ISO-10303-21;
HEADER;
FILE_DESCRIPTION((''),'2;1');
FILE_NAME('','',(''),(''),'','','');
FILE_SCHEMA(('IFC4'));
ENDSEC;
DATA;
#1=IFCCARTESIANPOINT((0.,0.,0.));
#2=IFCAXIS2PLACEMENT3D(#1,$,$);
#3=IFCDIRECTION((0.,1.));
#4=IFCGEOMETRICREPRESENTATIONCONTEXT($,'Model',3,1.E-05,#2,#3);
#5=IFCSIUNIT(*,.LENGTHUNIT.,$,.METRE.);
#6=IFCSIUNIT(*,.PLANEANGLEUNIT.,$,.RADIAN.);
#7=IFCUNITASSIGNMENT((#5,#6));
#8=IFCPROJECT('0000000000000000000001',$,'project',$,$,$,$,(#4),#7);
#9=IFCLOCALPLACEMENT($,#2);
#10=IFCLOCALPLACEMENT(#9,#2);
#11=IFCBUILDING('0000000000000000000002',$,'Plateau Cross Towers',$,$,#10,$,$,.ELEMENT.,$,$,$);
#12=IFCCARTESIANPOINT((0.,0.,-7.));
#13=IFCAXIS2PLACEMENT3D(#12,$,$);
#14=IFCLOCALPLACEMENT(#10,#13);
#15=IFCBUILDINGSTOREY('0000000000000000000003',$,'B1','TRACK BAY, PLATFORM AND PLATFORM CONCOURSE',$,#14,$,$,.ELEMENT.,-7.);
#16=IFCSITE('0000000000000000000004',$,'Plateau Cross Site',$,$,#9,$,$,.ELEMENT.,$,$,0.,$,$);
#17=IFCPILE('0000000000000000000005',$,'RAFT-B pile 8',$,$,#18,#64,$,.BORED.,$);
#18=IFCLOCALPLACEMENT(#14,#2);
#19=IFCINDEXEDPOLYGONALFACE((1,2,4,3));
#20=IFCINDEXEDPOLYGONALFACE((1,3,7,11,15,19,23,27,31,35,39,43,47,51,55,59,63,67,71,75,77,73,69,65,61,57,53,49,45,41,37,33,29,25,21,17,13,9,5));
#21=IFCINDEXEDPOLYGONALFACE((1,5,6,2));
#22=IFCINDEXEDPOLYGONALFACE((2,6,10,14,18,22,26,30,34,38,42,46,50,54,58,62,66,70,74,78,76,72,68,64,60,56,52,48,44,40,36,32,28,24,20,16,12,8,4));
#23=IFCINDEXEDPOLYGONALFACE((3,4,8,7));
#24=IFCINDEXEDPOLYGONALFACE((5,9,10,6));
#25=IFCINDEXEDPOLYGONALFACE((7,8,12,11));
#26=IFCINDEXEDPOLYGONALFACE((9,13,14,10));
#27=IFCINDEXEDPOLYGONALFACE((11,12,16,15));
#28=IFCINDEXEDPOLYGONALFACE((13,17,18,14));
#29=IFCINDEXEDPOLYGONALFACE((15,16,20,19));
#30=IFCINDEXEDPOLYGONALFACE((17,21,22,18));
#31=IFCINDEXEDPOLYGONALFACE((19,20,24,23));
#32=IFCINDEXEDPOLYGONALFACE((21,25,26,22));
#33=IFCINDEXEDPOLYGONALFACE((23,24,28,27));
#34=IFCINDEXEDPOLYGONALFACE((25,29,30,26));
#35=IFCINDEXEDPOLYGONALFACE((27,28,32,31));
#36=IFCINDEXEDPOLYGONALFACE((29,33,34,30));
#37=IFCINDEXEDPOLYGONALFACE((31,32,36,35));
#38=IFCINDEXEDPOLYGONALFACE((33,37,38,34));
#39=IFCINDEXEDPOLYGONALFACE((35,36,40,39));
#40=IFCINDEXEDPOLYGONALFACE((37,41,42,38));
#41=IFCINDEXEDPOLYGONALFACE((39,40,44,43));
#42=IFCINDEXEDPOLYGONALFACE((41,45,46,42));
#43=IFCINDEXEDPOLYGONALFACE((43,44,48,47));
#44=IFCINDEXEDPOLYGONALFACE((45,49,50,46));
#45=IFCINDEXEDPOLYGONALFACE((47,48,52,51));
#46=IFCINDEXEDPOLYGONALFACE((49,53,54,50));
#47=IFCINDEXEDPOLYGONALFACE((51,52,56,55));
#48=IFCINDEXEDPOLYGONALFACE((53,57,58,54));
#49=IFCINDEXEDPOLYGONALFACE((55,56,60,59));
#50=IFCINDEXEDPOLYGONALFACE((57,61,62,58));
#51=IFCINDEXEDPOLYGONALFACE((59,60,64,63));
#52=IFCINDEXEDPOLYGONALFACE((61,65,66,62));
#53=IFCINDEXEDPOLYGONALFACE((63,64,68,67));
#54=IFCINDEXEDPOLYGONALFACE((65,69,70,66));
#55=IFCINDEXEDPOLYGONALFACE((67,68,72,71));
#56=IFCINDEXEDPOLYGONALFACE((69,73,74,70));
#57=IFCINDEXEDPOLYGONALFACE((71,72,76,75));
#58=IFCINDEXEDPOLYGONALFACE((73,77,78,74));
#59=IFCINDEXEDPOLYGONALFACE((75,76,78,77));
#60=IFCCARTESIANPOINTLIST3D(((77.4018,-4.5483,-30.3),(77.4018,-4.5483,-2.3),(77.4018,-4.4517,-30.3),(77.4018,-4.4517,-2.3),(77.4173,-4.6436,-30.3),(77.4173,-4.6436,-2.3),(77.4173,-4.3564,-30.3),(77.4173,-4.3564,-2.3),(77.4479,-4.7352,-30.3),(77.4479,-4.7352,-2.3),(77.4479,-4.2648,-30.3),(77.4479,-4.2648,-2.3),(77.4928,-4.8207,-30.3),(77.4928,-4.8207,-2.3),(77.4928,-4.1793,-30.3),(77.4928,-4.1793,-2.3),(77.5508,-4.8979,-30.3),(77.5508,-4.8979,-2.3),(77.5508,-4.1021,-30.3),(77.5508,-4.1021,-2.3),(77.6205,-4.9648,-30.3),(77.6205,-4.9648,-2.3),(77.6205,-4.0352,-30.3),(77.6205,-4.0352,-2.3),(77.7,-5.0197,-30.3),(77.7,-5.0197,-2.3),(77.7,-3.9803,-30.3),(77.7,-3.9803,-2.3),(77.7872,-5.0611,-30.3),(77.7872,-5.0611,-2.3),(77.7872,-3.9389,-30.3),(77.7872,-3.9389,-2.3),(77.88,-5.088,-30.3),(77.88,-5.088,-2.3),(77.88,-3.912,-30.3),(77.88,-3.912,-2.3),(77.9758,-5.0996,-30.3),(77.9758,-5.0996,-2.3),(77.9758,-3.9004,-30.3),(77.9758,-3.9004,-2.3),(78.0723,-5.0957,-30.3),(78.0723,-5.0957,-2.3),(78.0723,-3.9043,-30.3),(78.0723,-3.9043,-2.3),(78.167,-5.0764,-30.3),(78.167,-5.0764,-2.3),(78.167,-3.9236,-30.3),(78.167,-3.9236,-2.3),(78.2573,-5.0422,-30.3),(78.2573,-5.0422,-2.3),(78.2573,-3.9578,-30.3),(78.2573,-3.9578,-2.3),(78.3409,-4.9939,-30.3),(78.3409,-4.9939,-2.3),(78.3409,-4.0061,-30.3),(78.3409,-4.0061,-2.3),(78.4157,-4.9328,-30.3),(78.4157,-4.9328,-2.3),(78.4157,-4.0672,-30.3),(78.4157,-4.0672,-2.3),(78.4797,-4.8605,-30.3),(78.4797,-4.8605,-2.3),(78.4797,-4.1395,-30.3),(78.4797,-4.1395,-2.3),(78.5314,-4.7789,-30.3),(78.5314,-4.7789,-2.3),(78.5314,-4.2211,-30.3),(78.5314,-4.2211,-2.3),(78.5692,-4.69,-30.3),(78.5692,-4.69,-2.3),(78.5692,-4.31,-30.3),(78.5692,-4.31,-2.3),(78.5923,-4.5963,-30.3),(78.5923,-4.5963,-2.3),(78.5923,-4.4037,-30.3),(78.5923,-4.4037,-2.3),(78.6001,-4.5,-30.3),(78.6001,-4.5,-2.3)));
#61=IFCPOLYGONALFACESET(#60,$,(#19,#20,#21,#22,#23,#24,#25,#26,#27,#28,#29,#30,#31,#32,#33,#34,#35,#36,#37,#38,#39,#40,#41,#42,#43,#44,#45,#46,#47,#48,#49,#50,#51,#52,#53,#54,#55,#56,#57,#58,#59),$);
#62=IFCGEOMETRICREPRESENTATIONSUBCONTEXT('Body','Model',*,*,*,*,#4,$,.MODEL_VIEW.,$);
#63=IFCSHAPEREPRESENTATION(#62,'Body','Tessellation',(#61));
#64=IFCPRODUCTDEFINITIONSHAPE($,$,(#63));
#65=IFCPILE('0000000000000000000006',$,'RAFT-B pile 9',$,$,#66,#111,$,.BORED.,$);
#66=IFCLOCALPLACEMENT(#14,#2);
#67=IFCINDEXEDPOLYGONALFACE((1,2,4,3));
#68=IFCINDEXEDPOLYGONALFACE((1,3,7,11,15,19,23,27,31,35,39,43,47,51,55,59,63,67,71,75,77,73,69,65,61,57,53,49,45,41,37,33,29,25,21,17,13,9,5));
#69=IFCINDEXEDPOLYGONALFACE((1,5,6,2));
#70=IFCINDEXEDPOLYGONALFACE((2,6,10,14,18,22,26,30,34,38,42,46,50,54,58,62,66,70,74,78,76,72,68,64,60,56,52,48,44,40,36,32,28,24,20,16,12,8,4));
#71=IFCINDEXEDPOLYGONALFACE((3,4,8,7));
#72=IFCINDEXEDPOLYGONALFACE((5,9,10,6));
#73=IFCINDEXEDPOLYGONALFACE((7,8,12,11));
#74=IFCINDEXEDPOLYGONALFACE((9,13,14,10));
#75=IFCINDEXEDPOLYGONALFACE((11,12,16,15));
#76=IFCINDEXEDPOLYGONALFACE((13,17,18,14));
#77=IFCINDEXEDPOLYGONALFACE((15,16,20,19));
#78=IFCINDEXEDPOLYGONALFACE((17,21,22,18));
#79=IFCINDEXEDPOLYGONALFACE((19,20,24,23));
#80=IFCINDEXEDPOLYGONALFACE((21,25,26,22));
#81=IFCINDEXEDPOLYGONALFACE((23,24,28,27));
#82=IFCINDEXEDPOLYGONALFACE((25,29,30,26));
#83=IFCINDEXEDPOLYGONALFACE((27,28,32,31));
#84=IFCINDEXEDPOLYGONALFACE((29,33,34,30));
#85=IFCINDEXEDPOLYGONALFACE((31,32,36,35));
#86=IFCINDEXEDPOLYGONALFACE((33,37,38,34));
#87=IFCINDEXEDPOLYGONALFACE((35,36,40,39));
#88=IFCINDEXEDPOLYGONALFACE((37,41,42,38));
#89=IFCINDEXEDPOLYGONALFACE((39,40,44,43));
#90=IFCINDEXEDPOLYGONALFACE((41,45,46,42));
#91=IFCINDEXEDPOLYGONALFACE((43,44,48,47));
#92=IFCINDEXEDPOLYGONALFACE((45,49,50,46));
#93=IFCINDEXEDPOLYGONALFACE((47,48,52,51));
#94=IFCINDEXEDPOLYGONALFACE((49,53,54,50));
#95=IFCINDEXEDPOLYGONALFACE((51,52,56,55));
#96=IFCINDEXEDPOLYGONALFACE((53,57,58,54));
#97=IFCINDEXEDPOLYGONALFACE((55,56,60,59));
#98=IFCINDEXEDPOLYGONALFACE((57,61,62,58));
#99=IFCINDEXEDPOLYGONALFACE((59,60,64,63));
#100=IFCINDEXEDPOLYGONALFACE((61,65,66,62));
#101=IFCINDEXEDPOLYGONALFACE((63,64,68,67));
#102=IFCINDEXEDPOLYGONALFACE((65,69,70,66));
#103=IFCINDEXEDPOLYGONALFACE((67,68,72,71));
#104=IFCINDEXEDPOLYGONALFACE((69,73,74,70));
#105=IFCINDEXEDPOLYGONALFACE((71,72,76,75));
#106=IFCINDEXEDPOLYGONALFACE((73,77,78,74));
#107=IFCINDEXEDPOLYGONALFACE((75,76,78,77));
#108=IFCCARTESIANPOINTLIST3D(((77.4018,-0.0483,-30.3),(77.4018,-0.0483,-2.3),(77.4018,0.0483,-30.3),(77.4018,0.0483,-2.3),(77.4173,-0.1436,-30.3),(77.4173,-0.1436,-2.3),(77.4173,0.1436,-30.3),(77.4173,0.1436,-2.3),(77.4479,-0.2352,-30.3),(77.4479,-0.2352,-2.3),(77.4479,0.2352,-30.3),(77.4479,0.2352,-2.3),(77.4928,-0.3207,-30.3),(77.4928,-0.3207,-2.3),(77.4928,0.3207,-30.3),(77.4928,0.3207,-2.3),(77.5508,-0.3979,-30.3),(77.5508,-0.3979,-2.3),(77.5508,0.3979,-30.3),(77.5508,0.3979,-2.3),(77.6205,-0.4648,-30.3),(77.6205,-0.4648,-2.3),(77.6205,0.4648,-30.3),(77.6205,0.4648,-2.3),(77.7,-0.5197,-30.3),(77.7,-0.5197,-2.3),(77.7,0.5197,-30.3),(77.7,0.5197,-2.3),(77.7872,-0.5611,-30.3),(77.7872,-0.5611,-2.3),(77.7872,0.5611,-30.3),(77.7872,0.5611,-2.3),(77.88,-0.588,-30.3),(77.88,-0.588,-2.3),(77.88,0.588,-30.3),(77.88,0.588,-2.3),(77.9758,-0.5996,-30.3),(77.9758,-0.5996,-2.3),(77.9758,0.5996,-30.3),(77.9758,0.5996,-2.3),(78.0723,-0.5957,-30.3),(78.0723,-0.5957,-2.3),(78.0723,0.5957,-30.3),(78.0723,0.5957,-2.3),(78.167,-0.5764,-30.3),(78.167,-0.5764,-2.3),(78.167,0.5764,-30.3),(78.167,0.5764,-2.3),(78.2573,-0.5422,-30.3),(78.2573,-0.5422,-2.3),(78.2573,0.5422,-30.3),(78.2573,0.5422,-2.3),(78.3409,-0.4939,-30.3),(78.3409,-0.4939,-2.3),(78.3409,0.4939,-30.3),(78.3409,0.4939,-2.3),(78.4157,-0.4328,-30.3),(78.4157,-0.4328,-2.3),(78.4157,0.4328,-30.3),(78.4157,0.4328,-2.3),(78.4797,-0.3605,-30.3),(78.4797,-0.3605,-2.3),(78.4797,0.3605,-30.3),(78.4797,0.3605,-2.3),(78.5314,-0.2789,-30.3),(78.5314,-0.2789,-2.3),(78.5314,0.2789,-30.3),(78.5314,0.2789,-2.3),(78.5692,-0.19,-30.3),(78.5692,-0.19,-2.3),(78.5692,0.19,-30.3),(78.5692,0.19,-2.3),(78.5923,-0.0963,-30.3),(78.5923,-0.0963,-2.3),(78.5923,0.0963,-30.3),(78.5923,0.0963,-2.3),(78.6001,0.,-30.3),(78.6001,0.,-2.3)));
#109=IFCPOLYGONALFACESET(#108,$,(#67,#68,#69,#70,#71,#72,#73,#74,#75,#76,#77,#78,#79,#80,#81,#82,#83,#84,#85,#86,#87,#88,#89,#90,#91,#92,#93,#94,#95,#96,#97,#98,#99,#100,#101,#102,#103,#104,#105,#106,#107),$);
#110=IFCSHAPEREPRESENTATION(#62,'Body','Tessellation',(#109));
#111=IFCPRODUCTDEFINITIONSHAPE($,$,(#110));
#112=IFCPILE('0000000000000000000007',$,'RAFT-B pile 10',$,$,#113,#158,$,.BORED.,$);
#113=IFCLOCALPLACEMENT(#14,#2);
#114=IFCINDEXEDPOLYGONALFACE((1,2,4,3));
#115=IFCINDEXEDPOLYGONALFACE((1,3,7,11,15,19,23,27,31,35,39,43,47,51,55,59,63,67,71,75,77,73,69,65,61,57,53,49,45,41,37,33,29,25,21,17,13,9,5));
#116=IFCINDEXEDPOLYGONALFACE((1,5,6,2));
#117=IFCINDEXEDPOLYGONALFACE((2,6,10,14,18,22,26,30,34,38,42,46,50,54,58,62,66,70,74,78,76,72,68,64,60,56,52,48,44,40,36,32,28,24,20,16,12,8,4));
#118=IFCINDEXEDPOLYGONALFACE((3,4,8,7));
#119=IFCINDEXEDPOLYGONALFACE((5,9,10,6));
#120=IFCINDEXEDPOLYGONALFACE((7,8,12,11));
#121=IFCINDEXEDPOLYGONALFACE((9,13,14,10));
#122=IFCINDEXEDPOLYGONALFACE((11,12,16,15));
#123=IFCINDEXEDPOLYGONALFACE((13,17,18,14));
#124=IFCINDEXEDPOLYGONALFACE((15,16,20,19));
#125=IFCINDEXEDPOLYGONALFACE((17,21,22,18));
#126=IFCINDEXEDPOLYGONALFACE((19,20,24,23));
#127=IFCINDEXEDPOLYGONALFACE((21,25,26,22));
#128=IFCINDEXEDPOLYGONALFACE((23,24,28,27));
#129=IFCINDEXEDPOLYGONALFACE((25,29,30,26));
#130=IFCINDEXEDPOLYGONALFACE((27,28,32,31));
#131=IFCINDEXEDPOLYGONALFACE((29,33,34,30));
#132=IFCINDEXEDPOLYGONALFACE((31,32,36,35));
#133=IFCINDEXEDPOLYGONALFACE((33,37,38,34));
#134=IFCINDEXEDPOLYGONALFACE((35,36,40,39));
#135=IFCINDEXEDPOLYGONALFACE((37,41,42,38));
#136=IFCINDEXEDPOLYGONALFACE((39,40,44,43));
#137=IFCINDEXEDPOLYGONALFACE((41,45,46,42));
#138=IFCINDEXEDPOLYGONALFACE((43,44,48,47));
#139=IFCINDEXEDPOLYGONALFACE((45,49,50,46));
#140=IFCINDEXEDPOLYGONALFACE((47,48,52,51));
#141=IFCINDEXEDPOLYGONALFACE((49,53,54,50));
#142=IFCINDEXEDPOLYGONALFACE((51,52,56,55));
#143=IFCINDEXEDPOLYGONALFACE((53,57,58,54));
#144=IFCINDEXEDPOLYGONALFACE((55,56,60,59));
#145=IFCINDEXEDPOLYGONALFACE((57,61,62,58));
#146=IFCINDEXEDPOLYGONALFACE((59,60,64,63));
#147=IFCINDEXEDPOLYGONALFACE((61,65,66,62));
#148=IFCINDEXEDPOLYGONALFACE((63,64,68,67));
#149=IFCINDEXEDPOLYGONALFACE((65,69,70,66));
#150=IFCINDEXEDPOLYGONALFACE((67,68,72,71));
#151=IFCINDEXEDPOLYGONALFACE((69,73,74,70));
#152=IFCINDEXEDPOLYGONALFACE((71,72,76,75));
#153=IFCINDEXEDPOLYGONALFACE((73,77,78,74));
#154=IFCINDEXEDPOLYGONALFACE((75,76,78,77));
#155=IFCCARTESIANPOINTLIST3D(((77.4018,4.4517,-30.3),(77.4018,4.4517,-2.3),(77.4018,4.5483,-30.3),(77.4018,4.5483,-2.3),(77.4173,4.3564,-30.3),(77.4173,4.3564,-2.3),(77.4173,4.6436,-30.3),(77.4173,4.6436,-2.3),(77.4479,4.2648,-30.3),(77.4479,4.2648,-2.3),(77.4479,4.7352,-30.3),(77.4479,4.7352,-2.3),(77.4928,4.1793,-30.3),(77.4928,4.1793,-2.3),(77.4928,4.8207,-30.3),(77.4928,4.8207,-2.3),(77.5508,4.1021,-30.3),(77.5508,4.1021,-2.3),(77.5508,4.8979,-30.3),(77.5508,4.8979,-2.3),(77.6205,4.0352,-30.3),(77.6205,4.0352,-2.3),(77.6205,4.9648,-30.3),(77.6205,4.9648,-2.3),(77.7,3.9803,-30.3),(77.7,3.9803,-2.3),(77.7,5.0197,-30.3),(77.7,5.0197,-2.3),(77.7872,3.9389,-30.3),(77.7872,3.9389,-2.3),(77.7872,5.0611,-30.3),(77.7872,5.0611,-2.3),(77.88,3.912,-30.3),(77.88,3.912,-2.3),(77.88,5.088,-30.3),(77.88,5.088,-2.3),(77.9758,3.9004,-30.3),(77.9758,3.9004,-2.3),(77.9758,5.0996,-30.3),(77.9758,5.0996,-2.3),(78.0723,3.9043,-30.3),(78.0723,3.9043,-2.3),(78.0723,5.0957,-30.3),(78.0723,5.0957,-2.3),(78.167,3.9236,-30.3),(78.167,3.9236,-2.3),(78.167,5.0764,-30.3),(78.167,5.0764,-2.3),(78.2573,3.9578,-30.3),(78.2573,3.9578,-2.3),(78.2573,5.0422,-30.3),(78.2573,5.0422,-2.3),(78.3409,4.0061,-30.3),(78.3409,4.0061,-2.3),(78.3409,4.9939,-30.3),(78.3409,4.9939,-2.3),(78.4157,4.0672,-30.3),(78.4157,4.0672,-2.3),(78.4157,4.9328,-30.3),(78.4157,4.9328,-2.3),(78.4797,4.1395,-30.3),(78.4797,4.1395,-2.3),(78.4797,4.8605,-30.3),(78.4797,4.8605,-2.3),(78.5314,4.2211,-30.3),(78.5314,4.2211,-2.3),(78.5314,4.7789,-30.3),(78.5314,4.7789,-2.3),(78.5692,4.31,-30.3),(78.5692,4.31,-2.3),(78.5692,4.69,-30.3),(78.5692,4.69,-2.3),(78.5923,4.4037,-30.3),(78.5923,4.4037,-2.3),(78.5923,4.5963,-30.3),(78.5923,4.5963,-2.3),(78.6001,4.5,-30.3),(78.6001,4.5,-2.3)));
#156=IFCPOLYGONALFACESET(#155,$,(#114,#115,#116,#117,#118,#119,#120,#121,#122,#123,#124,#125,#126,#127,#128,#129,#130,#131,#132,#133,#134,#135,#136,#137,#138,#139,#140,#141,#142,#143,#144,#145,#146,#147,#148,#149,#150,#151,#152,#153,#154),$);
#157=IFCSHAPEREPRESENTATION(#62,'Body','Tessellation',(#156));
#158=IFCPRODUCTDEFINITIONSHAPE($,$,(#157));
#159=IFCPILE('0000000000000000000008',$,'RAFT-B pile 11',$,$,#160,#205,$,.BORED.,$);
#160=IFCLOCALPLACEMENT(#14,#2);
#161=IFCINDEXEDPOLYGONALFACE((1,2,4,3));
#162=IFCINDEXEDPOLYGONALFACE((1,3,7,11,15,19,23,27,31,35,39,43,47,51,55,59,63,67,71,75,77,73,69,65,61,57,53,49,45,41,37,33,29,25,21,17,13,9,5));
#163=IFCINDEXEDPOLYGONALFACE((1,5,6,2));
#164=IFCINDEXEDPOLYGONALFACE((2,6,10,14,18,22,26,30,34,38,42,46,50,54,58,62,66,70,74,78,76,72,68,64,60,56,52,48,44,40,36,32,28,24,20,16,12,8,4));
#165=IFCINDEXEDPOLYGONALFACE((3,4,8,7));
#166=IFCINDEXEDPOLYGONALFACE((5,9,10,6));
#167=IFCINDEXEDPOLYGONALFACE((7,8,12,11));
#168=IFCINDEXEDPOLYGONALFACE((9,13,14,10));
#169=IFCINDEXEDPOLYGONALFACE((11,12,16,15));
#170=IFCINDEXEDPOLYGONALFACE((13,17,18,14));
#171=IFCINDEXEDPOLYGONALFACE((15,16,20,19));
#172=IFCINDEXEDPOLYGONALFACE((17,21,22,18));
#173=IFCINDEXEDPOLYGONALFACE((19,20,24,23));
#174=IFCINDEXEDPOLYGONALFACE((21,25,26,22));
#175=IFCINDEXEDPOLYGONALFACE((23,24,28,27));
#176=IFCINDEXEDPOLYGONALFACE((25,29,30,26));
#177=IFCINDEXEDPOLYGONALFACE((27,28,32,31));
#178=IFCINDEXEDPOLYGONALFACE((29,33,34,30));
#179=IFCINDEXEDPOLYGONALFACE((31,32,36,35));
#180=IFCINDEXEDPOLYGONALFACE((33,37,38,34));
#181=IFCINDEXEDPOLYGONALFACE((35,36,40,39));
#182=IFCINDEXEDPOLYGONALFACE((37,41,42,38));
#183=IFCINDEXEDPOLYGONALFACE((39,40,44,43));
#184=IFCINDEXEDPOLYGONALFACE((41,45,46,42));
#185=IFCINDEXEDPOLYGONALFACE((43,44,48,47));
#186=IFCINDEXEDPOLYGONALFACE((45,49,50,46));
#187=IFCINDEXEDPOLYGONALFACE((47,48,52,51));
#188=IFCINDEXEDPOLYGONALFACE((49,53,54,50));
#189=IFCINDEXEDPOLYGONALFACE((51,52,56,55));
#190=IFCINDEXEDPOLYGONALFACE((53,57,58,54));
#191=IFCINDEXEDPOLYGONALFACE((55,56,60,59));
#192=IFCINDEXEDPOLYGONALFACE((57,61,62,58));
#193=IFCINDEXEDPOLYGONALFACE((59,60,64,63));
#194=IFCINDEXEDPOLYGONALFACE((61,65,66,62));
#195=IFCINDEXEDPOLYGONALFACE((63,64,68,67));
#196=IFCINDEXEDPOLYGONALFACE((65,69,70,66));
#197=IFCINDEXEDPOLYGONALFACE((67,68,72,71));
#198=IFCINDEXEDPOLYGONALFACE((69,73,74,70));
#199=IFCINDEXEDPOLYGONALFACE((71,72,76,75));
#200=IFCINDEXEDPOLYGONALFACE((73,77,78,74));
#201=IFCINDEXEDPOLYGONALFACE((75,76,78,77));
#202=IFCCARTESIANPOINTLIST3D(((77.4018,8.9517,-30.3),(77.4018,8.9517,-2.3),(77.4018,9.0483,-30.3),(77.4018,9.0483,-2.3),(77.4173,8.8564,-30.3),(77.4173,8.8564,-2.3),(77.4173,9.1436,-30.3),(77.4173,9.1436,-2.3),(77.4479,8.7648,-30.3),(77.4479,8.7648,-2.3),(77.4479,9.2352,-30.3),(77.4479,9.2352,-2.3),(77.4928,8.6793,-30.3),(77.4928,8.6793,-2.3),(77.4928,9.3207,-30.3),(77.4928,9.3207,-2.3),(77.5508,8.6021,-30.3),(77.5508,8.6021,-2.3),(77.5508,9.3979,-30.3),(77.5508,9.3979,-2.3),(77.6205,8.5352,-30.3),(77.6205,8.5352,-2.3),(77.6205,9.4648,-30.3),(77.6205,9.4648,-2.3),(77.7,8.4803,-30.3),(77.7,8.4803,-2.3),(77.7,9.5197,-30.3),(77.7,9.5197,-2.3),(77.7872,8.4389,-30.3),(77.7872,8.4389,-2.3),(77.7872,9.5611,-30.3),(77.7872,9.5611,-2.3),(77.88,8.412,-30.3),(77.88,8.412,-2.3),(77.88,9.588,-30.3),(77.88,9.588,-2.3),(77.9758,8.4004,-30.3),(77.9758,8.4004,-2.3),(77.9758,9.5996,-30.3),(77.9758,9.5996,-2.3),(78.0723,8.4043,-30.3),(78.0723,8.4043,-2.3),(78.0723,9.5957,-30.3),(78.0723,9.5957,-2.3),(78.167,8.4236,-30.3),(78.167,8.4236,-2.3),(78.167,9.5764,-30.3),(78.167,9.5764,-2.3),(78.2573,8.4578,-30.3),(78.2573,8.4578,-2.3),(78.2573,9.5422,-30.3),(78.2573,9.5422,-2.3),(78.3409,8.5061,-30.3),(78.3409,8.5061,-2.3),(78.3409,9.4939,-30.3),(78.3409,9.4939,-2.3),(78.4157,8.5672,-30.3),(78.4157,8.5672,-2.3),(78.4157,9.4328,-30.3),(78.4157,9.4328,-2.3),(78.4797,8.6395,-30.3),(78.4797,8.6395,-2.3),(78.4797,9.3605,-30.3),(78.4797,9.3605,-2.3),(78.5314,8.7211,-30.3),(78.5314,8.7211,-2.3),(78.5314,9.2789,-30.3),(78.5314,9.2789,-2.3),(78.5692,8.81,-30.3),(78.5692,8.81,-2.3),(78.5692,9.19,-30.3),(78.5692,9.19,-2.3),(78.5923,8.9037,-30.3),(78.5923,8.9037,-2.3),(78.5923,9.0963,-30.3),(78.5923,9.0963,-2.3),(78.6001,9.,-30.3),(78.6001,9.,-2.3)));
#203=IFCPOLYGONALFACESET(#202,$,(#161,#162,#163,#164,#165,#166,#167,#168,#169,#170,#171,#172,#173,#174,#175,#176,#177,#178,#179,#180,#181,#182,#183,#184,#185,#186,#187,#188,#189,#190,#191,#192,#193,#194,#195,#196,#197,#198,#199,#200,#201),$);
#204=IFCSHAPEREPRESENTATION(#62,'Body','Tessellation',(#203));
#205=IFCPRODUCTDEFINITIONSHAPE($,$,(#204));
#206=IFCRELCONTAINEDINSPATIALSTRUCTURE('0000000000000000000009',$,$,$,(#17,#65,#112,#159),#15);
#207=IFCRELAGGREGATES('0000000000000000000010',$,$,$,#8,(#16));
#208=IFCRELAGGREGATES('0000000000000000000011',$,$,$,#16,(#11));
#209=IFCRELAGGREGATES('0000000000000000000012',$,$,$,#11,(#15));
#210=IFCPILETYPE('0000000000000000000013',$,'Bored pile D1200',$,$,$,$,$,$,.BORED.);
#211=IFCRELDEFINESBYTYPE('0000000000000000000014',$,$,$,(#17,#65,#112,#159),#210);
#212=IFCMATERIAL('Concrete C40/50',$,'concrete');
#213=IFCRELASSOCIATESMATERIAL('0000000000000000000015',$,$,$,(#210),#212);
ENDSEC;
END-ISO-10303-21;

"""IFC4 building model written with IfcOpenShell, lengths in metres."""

from ifc_helpers import new_model, si_unit, direction, frame, origin, origin_2d, place, context, subcontext, project, spatial, circle, extrude, material, material_profile, profile_set, type_object, element, save


model = new_model("IFC4")

# Units and contexts
model_context = context("Model", 3, precision=1e-05, world=origin(), true_north=direction((0.0, 1.0)))
body_context = subcontext(model_context, "Body", "Model", "MODEL_VIEW")
ifc_project = project(units=[si_unit("LENGTHUNIT", "METRE"), si_unit("PLANEANGLEUNIT", "RADIAN")], contexts=[model_context])

# Site, building, storey
site_placement = place(None, origin())
site = spatial("IfcSite", under=ifc_project, at=site_placement, Name="Plateau Cross Site", CompositionType="ELEMENT", RefElevation=0.0)
building_placement = place(site_placement, origin())
building = spatial("IfcBuilding", under=site, at=building_placement, Name="Plateau Cross Towers", CompositionType="ELEMENT")
storey_placement = place(building_placement, frame((0.0, 0.0, -7.0)))
storey = spatial("IfcBuildingStorey", under=building, at=storey_placement, Name="B1", Description="TRACK BAY, PLATFORM AND PLATFORM CONCOURSE", CompositionType="ELEMENT", Elevation=-7.0)

# Piles
ifc_material_1 = material(Name="Concrete C40/50", Category="concrete")
ifc_material_profile_1 = material_profile(ifc_material_1, circle(Radius=0.6001, at=origin_2d()), Name="Bored pile D1200")
ifc_profile_set_1 = profile_set([ifc_material_profile_1], Name="Concrete C40/50")
pile_type = type_object("IfcPileType", Name="Bored pile D1200", PredefinedType="BORED", material=ifc_profile_set_1)
for number, where, z_axis, x_axis, name in (
    (1, (78.0, -4.5, -2.3), (0.0, 0.0, -1.0), (1.0, 0.0, 0.0), "RAFT-B pile 8"),
    (2, (78.0, 0.0, -2.3), (0.0, 0.0, -1.0), (1.0, 0.0, 0.0), "RAFT-B pile 9"),
    (3, (78.0, 4.5, -2.3), (0.0, 0.0, -1.0), (1.0, 0.0, 0.0), "RAFT-B pile 10"),
    (4, (78.0, 9.0, -2.3), (0.0, 0.0, -1.0), (1.0, 0.0, 0.0), "RAFT-B pile 11"),
):
    element("IfcPile", number, at=place(storey_placement, frame(where, z_axis=z_axis, x_axis=x_axis)), inside=storey, type_object=pile_type, Name=name, PredefinedType="BORED", context=body_context, shape_type="SweptSolid", body=[
        extrude(circle(Radius=0.6001, at=origin_2d()), origin(), (0.0, 0.0, 1.0), 28.0),
    ])

save(model, "model.ifc")
